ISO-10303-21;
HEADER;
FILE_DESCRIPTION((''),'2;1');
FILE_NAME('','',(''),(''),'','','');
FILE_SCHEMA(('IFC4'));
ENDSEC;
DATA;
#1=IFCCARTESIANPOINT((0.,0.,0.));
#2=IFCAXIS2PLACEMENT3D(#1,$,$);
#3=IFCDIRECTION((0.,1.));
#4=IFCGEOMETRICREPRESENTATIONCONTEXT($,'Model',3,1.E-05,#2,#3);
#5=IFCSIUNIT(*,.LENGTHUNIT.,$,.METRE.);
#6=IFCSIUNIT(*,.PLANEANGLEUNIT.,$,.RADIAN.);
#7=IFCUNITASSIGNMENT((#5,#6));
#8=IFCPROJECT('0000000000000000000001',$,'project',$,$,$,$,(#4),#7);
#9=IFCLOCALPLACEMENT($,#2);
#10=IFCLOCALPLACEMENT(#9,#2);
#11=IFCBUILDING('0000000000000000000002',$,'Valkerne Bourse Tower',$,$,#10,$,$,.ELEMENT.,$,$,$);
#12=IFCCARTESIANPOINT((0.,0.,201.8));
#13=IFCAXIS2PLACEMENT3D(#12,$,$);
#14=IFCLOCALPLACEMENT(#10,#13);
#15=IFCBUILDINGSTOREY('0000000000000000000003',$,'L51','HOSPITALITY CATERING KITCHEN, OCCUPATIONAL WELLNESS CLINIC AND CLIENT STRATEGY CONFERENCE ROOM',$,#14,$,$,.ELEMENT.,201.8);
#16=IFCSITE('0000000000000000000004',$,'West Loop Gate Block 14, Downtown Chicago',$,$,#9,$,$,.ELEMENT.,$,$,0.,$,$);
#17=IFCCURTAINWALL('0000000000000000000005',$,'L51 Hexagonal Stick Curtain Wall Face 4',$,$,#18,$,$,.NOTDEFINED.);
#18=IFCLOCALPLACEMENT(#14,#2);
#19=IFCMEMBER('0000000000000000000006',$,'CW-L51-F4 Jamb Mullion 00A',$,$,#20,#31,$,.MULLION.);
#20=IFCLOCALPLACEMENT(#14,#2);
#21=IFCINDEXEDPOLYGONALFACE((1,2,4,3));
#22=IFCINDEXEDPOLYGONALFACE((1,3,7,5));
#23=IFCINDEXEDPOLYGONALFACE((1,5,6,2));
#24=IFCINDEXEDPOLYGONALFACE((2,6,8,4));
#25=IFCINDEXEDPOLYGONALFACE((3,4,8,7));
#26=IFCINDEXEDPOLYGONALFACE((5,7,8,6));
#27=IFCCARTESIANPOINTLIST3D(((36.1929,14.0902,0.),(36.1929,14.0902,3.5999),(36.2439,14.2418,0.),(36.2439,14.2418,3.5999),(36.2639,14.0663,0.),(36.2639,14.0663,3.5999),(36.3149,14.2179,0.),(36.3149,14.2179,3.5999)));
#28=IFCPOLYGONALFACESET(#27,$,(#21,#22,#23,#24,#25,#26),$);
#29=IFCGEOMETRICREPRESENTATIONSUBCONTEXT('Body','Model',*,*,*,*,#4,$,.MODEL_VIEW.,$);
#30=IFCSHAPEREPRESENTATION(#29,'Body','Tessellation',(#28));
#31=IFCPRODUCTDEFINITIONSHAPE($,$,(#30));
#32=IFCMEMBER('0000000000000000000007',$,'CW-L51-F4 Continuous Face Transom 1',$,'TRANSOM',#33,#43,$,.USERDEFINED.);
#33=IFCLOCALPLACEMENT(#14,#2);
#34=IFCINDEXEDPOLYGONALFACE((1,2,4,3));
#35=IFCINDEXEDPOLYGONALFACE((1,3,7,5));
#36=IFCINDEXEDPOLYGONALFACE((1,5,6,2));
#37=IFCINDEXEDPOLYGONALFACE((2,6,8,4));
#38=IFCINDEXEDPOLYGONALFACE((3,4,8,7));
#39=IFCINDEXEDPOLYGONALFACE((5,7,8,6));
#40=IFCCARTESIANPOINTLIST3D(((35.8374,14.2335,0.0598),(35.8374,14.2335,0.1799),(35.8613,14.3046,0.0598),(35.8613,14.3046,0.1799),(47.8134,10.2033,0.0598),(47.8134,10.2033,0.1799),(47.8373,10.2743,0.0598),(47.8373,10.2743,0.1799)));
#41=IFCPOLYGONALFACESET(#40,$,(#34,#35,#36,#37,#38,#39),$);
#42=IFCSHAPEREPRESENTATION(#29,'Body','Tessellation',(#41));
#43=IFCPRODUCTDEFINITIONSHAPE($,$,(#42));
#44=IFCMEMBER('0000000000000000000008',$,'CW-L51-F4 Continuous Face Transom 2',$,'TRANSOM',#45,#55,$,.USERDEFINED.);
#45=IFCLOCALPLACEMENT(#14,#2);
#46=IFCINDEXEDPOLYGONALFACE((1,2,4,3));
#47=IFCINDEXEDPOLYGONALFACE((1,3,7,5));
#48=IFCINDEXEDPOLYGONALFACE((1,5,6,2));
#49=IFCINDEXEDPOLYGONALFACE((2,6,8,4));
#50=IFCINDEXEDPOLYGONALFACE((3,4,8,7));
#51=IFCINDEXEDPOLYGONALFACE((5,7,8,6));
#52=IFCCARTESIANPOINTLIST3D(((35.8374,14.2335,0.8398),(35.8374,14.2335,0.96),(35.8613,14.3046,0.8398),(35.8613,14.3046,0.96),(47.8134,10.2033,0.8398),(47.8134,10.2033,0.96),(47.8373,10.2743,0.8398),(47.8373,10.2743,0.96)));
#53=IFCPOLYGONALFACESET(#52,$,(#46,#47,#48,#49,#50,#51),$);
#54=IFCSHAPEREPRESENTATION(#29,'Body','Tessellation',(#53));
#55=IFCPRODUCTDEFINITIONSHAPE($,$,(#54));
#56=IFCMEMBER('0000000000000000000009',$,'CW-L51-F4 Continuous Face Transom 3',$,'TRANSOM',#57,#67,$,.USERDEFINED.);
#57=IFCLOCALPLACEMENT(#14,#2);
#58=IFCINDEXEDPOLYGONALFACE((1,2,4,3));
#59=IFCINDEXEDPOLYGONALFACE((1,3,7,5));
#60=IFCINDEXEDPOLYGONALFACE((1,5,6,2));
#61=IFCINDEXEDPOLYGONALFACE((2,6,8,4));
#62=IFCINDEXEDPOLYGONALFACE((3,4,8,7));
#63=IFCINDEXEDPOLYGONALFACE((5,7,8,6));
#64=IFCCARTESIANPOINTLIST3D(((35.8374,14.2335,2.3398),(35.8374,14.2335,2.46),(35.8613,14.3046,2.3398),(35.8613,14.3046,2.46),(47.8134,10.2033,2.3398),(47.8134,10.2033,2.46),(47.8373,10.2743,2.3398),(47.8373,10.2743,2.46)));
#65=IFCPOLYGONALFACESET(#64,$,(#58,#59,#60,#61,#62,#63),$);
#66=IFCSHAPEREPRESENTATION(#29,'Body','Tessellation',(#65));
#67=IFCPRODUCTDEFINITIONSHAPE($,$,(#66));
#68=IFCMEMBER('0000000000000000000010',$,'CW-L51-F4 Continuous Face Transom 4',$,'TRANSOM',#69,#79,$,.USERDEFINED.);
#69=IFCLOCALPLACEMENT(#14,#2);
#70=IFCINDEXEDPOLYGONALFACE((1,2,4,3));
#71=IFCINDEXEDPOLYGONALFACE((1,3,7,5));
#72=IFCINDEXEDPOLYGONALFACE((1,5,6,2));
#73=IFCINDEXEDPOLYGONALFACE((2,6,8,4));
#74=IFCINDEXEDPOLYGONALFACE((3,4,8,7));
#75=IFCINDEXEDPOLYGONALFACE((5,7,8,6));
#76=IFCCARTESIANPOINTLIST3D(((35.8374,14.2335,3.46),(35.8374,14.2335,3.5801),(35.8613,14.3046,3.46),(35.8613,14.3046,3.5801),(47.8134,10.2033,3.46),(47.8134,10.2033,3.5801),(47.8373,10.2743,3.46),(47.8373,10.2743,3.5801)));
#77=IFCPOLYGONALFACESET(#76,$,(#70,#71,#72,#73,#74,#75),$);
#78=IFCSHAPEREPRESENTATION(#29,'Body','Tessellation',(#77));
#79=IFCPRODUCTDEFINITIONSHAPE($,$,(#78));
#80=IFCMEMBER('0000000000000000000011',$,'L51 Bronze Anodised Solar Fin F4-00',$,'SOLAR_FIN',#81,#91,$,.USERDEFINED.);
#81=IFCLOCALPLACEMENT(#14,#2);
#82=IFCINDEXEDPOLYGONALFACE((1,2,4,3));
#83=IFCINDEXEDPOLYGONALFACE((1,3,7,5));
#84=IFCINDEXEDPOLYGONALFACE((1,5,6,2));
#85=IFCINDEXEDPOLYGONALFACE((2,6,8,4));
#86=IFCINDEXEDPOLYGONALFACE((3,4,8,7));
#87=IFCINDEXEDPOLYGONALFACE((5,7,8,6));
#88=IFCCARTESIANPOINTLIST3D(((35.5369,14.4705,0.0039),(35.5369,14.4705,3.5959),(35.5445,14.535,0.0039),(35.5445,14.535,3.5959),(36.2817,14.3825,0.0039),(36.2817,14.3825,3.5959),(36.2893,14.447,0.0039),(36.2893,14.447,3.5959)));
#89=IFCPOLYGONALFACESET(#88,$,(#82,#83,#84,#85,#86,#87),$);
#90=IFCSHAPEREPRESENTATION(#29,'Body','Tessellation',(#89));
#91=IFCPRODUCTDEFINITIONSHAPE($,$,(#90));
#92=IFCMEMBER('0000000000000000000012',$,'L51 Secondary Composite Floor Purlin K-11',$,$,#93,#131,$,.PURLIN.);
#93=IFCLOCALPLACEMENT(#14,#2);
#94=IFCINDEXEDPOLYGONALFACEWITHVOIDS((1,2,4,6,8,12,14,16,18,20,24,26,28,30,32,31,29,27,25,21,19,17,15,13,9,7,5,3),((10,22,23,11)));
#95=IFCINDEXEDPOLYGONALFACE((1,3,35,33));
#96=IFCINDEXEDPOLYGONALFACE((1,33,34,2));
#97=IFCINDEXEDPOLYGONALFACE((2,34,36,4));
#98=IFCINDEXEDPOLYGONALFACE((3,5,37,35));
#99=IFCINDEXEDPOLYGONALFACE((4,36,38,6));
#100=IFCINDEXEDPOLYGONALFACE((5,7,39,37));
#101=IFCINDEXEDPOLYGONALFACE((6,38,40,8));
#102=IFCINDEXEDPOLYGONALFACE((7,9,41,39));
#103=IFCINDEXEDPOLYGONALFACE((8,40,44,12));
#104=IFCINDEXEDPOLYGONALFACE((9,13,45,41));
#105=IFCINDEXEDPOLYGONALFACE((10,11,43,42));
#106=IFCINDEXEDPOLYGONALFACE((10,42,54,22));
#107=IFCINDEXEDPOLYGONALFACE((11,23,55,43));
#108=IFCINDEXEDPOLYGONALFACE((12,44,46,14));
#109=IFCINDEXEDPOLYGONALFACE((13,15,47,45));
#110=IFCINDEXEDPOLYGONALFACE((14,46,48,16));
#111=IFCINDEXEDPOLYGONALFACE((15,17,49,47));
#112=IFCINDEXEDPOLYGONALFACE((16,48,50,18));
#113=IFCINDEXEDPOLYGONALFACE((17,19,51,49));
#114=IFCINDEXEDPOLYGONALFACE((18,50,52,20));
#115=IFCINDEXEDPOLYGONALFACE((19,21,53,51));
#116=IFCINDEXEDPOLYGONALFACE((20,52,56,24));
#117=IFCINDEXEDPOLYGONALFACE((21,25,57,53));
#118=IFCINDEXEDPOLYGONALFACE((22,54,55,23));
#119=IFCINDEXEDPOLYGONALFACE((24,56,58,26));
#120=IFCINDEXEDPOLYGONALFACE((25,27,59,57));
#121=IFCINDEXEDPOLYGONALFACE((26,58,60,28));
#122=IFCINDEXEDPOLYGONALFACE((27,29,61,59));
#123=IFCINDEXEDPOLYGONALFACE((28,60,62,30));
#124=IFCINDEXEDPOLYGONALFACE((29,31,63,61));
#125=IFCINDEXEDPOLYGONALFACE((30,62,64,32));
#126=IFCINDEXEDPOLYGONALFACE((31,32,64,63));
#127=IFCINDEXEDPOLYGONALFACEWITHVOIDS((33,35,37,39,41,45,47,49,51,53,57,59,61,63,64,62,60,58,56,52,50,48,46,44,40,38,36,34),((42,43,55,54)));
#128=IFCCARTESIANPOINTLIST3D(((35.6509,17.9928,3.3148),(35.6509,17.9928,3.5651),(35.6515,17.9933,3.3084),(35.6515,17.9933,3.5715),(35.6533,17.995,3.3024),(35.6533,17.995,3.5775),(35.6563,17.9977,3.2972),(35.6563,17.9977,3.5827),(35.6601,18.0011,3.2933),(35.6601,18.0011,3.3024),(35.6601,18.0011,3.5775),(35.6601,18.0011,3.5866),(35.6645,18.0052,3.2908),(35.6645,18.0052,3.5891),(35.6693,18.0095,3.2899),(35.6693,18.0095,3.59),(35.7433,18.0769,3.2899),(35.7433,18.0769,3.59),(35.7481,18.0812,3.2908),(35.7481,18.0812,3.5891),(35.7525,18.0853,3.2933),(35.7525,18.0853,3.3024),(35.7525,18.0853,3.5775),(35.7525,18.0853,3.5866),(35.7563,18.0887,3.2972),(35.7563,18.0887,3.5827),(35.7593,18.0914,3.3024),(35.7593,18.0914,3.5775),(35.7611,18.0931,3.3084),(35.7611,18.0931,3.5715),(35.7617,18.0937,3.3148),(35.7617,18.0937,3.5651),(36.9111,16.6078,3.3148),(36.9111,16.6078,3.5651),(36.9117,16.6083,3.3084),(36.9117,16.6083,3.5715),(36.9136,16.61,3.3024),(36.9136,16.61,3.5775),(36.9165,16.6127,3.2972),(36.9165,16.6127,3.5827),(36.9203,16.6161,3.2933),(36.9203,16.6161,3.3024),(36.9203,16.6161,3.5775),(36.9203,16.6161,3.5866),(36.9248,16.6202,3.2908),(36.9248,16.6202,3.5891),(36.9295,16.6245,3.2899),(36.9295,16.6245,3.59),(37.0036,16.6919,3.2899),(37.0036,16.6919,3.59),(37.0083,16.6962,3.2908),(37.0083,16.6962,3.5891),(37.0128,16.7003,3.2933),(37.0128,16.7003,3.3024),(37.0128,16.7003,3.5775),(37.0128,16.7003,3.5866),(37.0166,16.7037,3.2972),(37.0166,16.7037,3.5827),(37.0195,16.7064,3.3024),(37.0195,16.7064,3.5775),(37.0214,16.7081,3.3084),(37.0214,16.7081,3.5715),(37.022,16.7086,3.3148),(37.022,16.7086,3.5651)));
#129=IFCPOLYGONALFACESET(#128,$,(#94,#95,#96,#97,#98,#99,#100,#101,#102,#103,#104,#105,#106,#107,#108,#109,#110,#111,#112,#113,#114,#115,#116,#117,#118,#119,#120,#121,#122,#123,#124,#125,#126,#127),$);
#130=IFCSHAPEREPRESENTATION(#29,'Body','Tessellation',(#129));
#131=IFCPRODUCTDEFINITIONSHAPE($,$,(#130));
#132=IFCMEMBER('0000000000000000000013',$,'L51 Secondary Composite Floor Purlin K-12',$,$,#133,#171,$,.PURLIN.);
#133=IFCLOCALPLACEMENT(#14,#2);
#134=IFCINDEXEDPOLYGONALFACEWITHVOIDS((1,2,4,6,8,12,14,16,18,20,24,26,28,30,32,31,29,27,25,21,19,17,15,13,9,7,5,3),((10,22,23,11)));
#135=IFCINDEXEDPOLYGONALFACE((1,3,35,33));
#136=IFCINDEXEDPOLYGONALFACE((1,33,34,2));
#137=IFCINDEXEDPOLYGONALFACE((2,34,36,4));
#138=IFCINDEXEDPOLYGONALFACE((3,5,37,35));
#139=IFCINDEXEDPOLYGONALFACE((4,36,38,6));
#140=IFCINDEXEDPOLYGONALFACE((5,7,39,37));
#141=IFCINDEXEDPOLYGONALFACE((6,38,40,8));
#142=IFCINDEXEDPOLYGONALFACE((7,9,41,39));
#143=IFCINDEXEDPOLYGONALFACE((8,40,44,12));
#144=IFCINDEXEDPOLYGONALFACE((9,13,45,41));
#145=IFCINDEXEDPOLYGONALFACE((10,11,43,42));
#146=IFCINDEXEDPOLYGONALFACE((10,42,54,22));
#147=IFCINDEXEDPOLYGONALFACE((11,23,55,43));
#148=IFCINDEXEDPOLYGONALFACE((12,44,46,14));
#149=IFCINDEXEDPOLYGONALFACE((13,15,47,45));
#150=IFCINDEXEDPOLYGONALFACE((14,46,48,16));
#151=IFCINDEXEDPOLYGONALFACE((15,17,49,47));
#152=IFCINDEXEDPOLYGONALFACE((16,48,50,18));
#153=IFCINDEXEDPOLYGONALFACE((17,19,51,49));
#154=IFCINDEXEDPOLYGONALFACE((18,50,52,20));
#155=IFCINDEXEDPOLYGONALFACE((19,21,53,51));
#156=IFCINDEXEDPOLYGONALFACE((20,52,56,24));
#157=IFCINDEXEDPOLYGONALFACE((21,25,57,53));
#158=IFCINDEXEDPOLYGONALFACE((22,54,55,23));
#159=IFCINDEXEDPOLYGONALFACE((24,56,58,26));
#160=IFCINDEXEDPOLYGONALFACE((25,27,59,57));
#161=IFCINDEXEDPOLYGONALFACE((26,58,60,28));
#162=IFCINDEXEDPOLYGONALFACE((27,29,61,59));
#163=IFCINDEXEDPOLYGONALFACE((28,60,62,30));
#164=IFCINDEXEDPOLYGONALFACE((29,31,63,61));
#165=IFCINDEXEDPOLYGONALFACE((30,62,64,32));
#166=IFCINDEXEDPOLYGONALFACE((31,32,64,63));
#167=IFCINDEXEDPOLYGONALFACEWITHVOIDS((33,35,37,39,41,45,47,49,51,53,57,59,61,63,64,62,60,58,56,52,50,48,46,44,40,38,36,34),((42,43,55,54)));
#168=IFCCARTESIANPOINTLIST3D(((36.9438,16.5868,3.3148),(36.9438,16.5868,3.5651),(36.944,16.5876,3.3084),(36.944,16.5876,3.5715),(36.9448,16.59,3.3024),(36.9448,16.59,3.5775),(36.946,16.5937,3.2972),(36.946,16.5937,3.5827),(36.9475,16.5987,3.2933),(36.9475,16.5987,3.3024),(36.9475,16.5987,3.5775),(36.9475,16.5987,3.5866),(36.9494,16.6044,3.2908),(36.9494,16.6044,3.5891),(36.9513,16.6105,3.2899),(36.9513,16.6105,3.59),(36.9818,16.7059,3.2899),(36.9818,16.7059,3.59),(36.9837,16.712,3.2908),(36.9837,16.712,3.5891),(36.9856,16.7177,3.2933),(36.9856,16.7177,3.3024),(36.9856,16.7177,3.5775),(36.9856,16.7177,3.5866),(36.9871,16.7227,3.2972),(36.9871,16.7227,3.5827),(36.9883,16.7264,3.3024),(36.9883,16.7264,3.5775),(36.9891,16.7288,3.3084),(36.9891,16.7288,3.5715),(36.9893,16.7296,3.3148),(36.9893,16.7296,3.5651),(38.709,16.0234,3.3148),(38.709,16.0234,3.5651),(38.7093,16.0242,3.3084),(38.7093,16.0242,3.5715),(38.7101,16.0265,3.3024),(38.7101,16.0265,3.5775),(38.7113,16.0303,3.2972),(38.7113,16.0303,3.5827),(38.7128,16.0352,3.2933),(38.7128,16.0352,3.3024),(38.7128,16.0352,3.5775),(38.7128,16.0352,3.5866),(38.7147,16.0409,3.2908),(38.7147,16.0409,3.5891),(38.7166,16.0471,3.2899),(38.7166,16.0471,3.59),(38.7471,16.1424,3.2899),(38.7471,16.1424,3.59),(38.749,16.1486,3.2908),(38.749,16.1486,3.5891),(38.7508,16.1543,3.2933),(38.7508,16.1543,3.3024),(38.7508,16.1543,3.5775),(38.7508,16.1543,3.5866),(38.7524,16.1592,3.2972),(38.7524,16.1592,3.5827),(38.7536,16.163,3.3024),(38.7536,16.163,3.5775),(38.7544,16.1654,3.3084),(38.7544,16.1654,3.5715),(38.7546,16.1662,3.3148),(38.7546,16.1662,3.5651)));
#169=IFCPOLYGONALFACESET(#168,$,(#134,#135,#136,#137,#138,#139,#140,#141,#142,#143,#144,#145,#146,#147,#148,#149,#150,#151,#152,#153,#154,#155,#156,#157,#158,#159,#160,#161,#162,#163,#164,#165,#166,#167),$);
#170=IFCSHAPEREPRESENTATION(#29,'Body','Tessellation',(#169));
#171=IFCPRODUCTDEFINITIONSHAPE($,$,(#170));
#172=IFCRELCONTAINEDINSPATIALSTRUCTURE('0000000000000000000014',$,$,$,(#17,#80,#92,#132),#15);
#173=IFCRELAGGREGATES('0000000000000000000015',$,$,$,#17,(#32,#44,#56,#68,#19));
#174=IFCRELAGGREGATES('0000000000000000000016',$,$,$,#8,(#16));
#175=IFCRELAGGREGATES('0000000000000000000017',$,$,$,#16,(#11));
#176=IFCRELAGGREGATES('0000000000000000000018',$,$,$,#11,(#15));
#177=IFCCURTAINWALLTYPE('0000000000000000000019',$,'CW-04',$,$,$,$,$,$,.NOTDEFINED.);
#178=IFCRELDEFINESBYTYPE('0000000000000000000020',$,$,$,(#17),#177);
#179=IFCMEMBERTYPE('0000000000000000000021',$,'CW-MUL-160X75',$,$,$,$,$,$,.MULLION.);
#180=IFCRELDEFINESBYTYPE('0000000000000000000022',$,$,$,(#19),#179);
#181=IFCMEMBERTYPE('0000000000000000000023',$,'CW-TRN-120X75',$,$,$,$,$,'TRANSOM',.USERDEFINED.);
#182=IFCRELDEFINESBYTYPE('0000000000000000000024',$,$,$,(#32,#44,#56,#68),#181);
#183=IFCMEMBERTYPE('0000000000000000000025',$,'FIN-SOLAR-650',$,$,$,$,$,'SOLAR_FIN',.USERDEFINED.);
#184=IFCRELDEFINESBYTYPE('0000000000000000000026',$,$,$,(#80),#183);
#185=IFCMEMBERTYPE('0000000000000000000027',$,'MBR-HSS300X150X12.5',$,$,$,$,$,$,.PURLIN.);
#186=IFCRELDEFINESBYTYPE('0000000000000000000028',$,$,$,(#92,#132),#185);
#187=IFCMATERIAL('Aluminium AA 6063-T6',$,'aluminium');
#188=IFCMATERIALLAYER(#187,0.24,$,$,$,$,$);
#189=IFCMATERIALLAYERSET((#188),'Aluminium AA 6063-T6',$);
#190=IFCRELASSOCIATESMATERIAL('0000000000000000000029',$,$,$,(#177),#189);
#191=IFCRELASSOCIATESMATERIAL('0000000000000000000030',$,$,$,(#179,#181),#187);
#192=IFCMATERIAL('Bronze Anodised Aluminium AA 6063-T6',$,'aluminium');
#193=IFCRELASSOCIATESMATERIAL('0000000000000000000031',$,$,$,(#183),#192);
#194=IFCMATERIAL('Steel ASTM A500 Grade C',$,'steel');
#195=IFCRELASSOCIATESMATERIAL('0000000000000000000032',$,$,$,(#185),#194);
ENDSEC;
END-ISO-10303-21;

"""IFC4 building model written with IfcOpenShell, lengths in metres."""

from ifc_helpers import new_model, si_unit, direction, frame, origin, origin_2d, place, context, subcontext, project, spatial, rectangle, hollow_rectangle, extrude, material, layer, layer_set, material_profile, profile_set, type_object, element, aggregate, save


model = new_model("IFC4")

# Units and contexts
model_context = context("Model", 3, precision=1e-05, world=origin(), true_north=direction((0.0, 1.0)))
body_context = subcontext(model_context, "Body", "Model", "MODEL_VIEW")
ifc_project = project(units=[si_unit("LENGTHUNIT", "METRE"), si_unit("PLANEANGLEUNIT", "RADIAN")], contexts=[model_context])

# Site, building, storey
site_placement = place(None, origin())
site = spatial("IfcSite", under=ifc_project, at=site_placement, Name="West Loop Gate Block 14, Downtown Chicago", CompositionType="ELEMENT", RefElevation=0.0)
building_placement = place(site_placement, origin())
building = spatial("IfcBuilding", under=site, at=building_placement, Name="Valkerne Bourse Tower", CompositionType="ELEMENT")
storey_placement = place(building_placement, frame((0.0, 0.0, 201.8)))
storey = spatial("IfcBuildingStorey", under=building, at=storey_placement, Name="L51", Description="HOSPITALITY CATERING KITCHEN, OCCUPATIONAL WELLNESS CLINIC AND CLIENT STRATEGY CONFERENCE ROOM", CompositionType="ELEMENT", Elevation=201.8)

# Curtain wall, members
ifc_material_1 = material(Name="Aluminium AA 6063-T6", Category="aluminium")
ifc_layer_1 = layer(ifc_material_1, 0.24)
ifc_layer_set_1 = layer_set([ifc_layer_1], Name="Aluminium AA 6063-T6")
curtain_wall_type = type_object("IfcCurtainWallType", Name="CW-04", PredefinedType="NOTDEFINED", material=ifc_layer_set_1)
curtain_wall_placement = place(storey_placement, origin())
curtain_wall = element("IfcCurtainWall", 1, at=curtain_wall_placement, inside=storey, type_object=curtain_wall_type, Name="L51 Hexagonal Stick Curtain Wall Face 4", PredefinedType="NOTDEFINED")
ifc_material_profile_1 = material_profile(ifc_material_1, rectangle(XDim=0.075, YDim=0.1599, at=origin_2d()), Name="CWM-75X160")
ifc_profile_set_1 = profile_set([ifc_material_profile_1], Name="Aluminium AA 6063-T6")
member_type_1 = type_object("IfcMemberType", Name="CW-MUL-160X75", PredefinedType="MULLION", material=ifc_profile_set_1)
member_1_placement = place(storey_placement, frame((36.2539, 14.1541, 0.0), z_axis=(0.0, 0.0, 1.0), x_axis=(0.947765, -0.318969, 0.0)))
member_1 = element("IfcMember", 2, at=member_1_placement, type_object=member_type_1, Name="CW-L51-F4 Jamb Mullion 00A", PredefinedType="MULLION", context=body_context, shape_type="SweptSolid", body=[
    extrude(rectangle(XDim=0.075, YDim=0.1599, at=origin_2d()), origin(), (0.0, 0.0, 1.0), 3.5999),
])
ifc_material_profile_2 = material_profile(ifc_material_1, rectangle(XDim=0.075, YDim=0.1201, at=origin_2d()), Name="CWT-75X120")
ifc_profile_set_2 = profile_set([ifc_material_profile_2], Name="Aluminium AA 6063-T6")
member_type_2 = type_object("IfcMemberType", Name="CW-TRN-120X75", ElementType="TRANSOM", PredefinedType="USERDEFINED", material=ifc_profile_set_2)
member_2_placement = place(storey_placement, frame((35.8494, 14.269, 0.1199), z_axis=(0.947771, -0.318951, 0.0), x_axis=(0.318951, 0.947771, 0.0)))
member_2 = element("IfcMember", 3, at=member_2_placement, type_object=member_type_2, Name="CW-L51-F4 Continuous Face Transom 1", ObjectType="TRANSOM", PredefinedType="USERDEFINED", context=body_context, shape_type="SweptSolid", body=[
    extrude(rectangle(XDim=0.075, YDim=0.1201, at=origin_2d()), origin(), (0.0, 0.0, 1.0), 12.636),
])
member_3_placement = place(storey_placement, frame((35.8494, 14.269, 0.8999), z_axis=(0.947771, -0.318951, 0.0), x_axis=(0.318951, 0.947771, 0.0)))
member_3 = element("IfcMember", 4, at=member_3_placement, type_object=member_type_2, Name="CW-L51-F4 Continuous Face Transom 2", ObjectType="TRANSOM", PredefinedType="USERDEFINED", context=body_context, shape_type="SweptSolid", body=[
    extrude(rectangle(XDim=0.075, YDim=0.1201, at=origin_2d()), origin(), (0.0, 0.0, 1.0), 12.636),
])
member_4_placement = place(storey_placement, frame((35.8494, 14.269, 2.3999), z_axis=(0.947771, -0.318951, 0.0), x_axis=(0.318951, 0.947771, 0.0)))
member_4 = element("IfcMember", 5, at=member_4_placement, type_object=member_type_2, Name="CW-L51-F4 Continuous Face Transom 3", ObjectType="TRANSOM", PredefinedType="USERDEFINED", context=body_context, shape_type="SweptSolid", body=[
    extrude(rectangle(XDim=0.075, YDim=0.1201, at=origin_2d()), origin(), (0.0, 0.0, 1.0), 12.636),
])
member_5_placement = place(storey_placement, frame((35.8494, 14.269, 3.52), z_axis=(0.947771, -0.318951, 0.0), x_axis=(0.318951, 0.947771, 0.0)))
member_5 = element("IfcMember", 6, at=member_5_placement, type_object=member_type_2, Name="CW-L51-F4 Continuous Face Transom 4", ObjectType="TRANSOM", PredefinedType="USERDEFINED", context=body_context, shape_type="SweptSolid", body=[
    extrude(rectangle(XDim=0.075, YDim=0.1201, at=origin_2d()), origin(), (0.0, 0.0, 1.0), 12.636),
])

# Members
ifc_material_2 = material(Name="Bronze Anodised Aluminium AA 6063-T6", Category="aluminium")
ifc_material_profile_3 = material_profile(ifc_material_2, rectangle(XDim=0.0649, YDim=0.75, at=origin_2d()), Name="FIN-65X750")
ifc_profile_set_3 = profile_set([ifc_material_profile_3], Name="Bronze Anodised Aluminium AA 6063-T6")
member_type_3 = type_object("IfcMemberType", Name="FIN-SOLAR-650", ElementType="SOLAR_FIN", PredefinedType="USERDEFINED", material=ifc_profile_set_3)
member_6_placement = place(storey_placement, frame((35.9131, 14.4587, 0.0039), z_axis=(0.0, 0.0, 1.0), x_axis=(-0.11738, -0.993087, 0.0)))
element("IfcMember", 7, at=member_6_placement, inside=storey, type_object=member_type_3, Name="L51 Bronze Anodised Solar Fin F4-00", ObjectType="SOLAR_FIN", PredefinedType="USERDEFINED", context=body_context, shape_type="SweptSolid", body=[
    extrude(rectangle(XDim=0.0649, YDim=0.75, at=origin_2d()), origin(), (0.0, 0.0, 1.0), 3.592),
])
ifc_material_3 = material(Name="Steel ASTM A500 Grade C", Category="steel")
ifc_material_profile_4 = material_profile(ifc_material_3, hollow_rectangle(XDim=0.1499, YDim=0.3, WallThickness=0.0125, OuterFilletRadius=0.0249, at=origin_2d()), Name="HSS300X150X12.5")
ifc_profile_set_4 = profile_set([ifc_material_profile_4], Name="Steel ASTM A500 Grade C")
member_type_4 = type_object("IfcMemberType", Name="MBR-HSS300X150X12.5", PredefinedType="PURLIN", material=ifc_profile_set_4)
member_7_placement = place(storey_placement, frame((35.7063, 18.0432, 3.4399), z_axis=(0.67301, -0.739633, 0.0), x_axis=(0.739633, 0.67301, 0.0)))
element("IfcMember", 8, at=member_7_placement, inside=storey, type_object=member_type_4, Name="L51 Secondary Composite Floor Purlin K-11", PredefinedType="PURLIN", context=body_context, shape_type="SweptSolid", body=[
    extrude(hollow_rectangle(XDim=0.1499, YDim=0.3, WallThickness=0.0125, OuterFilletRadius=0.0249, at=origin_2d()), origin(), (0.0, 0.0, 1.0), 1.8726),
])
member_8_placement = place(storey_placement, frame((36.9666, 16.6582, 3.4399), z_axis=(0.95265, -0.304068, 0.0), x_axis=(0.304068, 0.95265, 0.0)))
element("IfcMember", 9, at=member_8_placement, inside=storey, type_object=member_type_4, Name="L51 Secondary Composite Floor Purlin K-12", PredefinedType="PURLIN", context=body_context, shape_type="SweptSolid", body=[
    extrude(hollow_rectangle(XDim=0.1499, YDim=0.3, WallThickness=0.0125, OuterFilletRadius=0.0249, at=origin_2d()), origin(), (0.0, 0.0, 1.0), 1.853),
])

aggregate(curtain_wall, [member_2, member_3, member_4, member_5, member_1])

save(model, "model.ifc")
